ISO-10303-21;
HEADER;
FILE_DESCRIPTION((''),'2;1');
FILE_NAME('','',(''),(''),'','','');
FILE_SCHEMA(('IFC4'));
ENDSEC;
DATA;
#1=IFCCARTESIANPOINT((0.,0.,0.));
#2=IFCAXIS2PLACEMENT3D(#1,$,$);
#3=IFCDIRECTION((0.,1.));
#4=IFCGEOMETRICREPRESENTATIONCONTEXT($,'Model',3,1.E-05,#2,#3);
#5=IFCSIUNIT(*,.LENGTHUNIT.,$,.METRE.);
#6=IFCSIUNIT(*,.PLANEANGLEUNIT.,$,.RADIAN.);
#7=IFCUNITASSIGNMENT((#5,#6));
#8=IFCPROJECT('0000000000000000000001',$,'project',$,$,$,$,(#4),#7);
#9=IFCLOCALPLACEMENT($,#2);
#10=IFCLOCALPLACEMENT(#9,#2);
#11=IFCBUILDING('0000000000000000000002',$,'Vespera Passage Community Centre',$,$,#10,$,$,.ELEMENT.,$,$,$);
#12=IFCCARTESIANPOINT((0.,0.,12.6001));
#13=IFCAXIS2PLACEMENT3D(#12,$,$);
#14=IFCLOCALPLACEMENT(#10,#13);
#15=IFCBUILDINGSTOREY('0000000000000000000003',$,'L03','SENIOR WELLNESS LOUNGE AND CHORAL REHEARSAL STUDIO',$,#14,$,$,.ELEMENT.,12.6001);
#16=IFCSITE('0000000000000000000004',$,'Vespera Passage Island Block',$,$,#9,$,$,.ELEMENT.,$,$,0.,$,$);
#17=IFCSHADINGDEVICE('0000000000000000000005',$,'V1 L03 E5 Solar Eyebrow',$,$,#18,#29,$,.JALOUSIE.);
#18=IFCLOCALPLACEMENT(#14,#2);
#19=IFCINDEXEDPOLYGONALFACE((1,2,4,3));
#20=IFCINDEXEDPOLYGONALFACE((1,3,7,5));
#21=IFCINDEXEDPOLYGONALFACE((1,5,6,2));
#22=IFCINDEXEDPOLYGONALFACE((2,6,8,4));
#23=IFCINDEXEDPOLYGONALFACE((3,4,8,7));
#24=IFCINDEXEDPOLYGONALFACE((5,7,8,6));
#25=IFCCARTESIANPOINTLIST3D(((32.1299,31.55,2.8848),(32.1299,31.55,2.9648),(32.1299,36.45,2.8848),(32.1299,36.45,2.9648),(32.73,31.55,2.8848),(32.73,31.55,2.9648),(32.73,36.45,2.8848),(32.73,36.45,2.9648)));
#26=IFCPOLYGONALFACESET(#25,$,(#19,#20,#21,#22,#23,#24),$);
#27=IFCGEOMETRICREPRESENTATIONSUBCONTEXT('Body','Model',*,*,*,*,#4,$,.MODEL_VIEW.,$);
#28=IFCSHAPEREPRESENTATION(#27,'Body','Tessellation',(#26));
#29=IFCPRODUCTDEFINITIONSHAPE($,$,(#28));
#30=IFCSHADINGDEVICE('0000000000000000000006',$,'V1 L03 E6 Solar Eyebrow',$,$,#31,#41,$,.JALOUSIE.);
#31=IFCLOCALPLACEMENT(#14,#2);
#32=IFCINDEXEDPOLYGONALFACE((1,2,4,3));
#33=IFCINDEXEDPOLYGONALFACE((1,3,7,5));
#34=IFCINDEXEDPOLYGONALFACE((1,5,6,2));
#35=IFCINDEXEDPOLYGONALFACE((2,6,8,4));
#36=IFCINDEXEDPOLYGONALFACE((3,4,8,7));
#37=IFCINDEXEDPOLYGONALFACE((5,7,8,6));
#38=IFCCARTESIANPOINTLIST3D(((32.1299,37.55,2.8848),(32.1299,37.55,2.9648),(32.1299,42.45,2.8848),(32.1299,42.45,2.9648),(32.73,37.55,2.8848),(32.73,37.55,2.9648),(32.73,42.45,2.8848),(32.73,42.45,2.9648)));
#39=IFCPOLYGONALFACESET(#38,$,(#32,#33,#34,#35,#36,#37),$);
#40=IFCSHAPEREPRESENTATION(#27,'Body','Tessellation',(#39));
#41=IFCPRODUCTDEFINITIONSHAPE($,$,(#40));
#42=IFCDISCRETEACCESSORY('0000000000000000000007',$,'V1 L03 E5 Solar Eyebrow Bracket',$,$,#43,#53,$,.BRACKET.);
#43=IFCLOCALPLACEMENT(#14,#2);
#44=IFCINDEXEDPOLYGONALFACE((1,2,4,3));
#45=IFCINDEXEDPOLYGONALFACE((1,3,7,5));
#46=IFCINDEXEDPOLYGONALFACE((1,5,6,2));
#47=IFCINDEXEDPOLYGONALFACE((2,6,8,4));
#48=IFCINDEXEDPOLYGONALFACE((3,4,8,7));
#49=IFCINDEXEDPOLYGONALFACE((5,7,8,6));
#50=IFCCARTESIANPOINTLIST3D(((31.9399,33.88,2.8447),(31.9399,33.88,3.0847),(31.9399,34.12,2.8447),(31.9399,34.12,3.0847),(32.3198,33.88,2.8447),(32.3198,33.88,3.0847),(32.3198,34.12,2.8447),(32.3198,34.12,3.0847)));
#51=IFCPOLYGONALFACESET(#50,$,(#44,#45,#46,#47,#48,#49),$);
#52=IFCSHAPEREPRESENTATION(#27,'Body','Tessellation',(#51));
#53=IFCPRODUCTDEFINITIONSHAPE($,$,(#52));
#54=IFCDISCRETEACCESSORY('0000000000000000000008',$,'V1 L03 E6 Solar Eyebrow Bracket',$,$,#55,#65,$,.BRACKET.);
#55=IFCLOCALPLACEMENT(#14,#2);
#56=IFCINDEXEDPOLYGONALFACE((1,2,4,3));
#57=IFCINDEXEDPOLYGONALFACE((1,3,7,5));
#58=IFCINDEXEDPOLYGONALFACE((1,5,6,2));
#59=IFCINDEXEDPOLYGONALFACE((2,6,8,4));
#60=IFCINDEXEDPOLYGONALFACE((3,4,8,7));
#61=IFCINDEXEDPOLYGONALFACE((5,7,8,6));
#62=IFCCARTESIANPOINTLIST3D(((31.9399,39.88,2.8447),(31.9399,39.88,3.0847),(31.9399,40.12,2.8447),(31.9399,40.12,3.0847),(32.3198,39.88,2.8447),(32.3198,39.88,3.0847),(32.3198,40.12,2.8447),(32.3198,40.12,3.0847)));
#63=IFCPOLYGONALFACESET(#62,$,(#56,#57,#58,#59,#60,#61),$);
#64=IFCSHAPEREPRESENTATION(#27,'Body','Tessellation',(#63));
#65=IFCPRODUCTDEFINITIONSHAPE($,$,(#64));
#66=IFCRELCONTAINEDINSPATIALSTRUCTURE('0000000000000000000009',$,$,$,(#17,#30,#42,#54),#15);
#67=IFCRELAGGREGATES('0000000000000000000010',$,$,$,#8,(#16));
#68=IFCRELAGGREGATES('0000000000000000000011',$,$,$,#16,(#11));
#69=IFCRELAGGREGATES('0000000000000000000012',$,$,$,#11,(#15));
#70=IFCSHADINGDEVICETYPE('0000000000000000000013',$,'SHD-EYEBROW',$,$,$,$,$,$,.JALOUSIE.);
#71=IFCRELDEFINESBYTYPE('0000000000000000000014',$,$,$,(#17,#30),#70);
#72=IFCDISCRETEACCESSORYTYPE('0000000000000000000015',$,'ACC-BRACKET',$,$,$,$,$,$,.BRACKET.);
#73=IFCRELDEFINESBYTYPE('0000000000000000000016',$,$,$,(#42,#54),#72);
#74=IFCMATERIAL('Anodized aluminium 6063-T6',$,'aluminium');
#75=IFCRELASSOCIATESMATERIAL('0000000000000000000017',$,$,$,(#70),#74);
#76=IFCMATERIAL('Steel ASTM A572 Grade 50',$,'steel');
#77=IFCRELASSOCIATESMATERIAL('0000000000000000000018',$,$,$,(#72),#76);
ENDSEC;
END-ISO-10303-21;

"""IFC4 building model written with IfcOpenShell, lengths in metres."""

from ifc_helpers import new_model, si_unit, direction, frame, origin, origin_2d, place, context, subcontext, project, spatial, rectangle, extrude, material, type_object, element, save


model = new_model("IFC4")

# Units and contexts
model_context = context("Model", 3, precision=1e-05, world=origin(), true_north=direction((0.0, 1.0)))
body_context = subcontext(model_context, "Body", "Model", "MODEL_VIEW")
ifc_project = project(units=[si_unit("LENGTHUNIT", "METRE"), si_unit("PLANEANGLEUNIT", "RADIAN")], contexts=[model_context])

# Site, building, storey
site_placement = place(None, origin())
site = spatial("IfcSite", under=ifc_project, at=site_placement, Name="Vespera Passage Island Block", CompositionType="ELEMENT", RefElevation=0.0)
building_placement = place(site_placement, origin())
building = spatial("IfcBuilding", under=site, at=building_placement, Name="Vespera Passage Community Centre", CompositionType="ELEMENT")
storey_placement = place(building_placement, frame((0.0, 0.0, 12.6001)))
storey = spatial("IfcBuildingStorey", under=building, at=storey_placement, Name="L03", Description="SENIOR WELLNESS LOUNGE AND CHORAL REHEARSAL STUDIO", CompositionType="ELEMENT", Elevation=12.6001)

# Shading devices
ifc_material_1 = material(Name="Anodized aluminium 6063-T6", Category="aluminium")
shading_device_type = type_object("IfcShadingDeviceType", Name="SHD-EYEBROW", PredefinedType="JALOUSIE", material=ifc_material_1)
for number, where, z_axis, x_axis, name in (
    (1, (32.4299, 34.0, 2.8848), (0.0, 0.0, 1.0), (0.0, -1.0, 0.0), "V1 L03 E5 Solar Eyebrow"),
    (2, (32.4299, 40.0, 2.8848), (0.0, 0.0, 1.0), (0.0, -1.0, 0.0), "V1 L03 E6 Solar Eyebrow"),
):
    element("IfcShadingDevice", number, at=place(storey_placement, frame(where, z_axis=z_axis, x_axis=x_axis)), inside=storey, type_object=shading_device_type, Name=name, PredefinedType="JALOUSIE", context=body_context, shape_type="SweptSolid", body=[
        extrude(rectangle(XDim=4.8999, YDim=0.6001, at=origin_2d()), origin(), (0.0, 0.0, 1.0), 0.0801),
    ])

# Discrete accessories
ifc_material_2 = material(Name="Steel ASTM A572 Grade 50", Category="steel")
discrete_accessory_type = type_object("IfcDiscreteAccessoryType", Name="ACC-BRACKET", PredefinedType="BRACKET", material=ifc_material_2)
for number, where, z_axis, x_axis, name in (
    (3, (32.1299, 34.0, 2.8447), (0.0, 0.0, 1.0), (0.0, -1.0, 0.0), "V1 L03 E5 Solar Eyebrow Bracket"),
    (4, (32.1299, 40.0, 2.8447), (0.0, 0.0, 1.0), (0.0, -1.0, 0.0), "V1 L03 E6 Solar Eyebrow Bracket"),
):
    element("IfcDiscreteAccessory", number, at=place(storey_placement, frame(where, z_axis=z_axis, x_axis=x_axis)), inside=storey, type_object=discrete_accessory_type, Name=name, PredefinedType="BRACKET", context=body_context, shape_type="SweptSolid", body=[
        extrude(rectangle(XDim=0.24, YDim=0.3799, at=origin_2d()), origin(), (0.0, 0.0, 1.0), 0.24),
    ])

save(model, "model.ifc")
